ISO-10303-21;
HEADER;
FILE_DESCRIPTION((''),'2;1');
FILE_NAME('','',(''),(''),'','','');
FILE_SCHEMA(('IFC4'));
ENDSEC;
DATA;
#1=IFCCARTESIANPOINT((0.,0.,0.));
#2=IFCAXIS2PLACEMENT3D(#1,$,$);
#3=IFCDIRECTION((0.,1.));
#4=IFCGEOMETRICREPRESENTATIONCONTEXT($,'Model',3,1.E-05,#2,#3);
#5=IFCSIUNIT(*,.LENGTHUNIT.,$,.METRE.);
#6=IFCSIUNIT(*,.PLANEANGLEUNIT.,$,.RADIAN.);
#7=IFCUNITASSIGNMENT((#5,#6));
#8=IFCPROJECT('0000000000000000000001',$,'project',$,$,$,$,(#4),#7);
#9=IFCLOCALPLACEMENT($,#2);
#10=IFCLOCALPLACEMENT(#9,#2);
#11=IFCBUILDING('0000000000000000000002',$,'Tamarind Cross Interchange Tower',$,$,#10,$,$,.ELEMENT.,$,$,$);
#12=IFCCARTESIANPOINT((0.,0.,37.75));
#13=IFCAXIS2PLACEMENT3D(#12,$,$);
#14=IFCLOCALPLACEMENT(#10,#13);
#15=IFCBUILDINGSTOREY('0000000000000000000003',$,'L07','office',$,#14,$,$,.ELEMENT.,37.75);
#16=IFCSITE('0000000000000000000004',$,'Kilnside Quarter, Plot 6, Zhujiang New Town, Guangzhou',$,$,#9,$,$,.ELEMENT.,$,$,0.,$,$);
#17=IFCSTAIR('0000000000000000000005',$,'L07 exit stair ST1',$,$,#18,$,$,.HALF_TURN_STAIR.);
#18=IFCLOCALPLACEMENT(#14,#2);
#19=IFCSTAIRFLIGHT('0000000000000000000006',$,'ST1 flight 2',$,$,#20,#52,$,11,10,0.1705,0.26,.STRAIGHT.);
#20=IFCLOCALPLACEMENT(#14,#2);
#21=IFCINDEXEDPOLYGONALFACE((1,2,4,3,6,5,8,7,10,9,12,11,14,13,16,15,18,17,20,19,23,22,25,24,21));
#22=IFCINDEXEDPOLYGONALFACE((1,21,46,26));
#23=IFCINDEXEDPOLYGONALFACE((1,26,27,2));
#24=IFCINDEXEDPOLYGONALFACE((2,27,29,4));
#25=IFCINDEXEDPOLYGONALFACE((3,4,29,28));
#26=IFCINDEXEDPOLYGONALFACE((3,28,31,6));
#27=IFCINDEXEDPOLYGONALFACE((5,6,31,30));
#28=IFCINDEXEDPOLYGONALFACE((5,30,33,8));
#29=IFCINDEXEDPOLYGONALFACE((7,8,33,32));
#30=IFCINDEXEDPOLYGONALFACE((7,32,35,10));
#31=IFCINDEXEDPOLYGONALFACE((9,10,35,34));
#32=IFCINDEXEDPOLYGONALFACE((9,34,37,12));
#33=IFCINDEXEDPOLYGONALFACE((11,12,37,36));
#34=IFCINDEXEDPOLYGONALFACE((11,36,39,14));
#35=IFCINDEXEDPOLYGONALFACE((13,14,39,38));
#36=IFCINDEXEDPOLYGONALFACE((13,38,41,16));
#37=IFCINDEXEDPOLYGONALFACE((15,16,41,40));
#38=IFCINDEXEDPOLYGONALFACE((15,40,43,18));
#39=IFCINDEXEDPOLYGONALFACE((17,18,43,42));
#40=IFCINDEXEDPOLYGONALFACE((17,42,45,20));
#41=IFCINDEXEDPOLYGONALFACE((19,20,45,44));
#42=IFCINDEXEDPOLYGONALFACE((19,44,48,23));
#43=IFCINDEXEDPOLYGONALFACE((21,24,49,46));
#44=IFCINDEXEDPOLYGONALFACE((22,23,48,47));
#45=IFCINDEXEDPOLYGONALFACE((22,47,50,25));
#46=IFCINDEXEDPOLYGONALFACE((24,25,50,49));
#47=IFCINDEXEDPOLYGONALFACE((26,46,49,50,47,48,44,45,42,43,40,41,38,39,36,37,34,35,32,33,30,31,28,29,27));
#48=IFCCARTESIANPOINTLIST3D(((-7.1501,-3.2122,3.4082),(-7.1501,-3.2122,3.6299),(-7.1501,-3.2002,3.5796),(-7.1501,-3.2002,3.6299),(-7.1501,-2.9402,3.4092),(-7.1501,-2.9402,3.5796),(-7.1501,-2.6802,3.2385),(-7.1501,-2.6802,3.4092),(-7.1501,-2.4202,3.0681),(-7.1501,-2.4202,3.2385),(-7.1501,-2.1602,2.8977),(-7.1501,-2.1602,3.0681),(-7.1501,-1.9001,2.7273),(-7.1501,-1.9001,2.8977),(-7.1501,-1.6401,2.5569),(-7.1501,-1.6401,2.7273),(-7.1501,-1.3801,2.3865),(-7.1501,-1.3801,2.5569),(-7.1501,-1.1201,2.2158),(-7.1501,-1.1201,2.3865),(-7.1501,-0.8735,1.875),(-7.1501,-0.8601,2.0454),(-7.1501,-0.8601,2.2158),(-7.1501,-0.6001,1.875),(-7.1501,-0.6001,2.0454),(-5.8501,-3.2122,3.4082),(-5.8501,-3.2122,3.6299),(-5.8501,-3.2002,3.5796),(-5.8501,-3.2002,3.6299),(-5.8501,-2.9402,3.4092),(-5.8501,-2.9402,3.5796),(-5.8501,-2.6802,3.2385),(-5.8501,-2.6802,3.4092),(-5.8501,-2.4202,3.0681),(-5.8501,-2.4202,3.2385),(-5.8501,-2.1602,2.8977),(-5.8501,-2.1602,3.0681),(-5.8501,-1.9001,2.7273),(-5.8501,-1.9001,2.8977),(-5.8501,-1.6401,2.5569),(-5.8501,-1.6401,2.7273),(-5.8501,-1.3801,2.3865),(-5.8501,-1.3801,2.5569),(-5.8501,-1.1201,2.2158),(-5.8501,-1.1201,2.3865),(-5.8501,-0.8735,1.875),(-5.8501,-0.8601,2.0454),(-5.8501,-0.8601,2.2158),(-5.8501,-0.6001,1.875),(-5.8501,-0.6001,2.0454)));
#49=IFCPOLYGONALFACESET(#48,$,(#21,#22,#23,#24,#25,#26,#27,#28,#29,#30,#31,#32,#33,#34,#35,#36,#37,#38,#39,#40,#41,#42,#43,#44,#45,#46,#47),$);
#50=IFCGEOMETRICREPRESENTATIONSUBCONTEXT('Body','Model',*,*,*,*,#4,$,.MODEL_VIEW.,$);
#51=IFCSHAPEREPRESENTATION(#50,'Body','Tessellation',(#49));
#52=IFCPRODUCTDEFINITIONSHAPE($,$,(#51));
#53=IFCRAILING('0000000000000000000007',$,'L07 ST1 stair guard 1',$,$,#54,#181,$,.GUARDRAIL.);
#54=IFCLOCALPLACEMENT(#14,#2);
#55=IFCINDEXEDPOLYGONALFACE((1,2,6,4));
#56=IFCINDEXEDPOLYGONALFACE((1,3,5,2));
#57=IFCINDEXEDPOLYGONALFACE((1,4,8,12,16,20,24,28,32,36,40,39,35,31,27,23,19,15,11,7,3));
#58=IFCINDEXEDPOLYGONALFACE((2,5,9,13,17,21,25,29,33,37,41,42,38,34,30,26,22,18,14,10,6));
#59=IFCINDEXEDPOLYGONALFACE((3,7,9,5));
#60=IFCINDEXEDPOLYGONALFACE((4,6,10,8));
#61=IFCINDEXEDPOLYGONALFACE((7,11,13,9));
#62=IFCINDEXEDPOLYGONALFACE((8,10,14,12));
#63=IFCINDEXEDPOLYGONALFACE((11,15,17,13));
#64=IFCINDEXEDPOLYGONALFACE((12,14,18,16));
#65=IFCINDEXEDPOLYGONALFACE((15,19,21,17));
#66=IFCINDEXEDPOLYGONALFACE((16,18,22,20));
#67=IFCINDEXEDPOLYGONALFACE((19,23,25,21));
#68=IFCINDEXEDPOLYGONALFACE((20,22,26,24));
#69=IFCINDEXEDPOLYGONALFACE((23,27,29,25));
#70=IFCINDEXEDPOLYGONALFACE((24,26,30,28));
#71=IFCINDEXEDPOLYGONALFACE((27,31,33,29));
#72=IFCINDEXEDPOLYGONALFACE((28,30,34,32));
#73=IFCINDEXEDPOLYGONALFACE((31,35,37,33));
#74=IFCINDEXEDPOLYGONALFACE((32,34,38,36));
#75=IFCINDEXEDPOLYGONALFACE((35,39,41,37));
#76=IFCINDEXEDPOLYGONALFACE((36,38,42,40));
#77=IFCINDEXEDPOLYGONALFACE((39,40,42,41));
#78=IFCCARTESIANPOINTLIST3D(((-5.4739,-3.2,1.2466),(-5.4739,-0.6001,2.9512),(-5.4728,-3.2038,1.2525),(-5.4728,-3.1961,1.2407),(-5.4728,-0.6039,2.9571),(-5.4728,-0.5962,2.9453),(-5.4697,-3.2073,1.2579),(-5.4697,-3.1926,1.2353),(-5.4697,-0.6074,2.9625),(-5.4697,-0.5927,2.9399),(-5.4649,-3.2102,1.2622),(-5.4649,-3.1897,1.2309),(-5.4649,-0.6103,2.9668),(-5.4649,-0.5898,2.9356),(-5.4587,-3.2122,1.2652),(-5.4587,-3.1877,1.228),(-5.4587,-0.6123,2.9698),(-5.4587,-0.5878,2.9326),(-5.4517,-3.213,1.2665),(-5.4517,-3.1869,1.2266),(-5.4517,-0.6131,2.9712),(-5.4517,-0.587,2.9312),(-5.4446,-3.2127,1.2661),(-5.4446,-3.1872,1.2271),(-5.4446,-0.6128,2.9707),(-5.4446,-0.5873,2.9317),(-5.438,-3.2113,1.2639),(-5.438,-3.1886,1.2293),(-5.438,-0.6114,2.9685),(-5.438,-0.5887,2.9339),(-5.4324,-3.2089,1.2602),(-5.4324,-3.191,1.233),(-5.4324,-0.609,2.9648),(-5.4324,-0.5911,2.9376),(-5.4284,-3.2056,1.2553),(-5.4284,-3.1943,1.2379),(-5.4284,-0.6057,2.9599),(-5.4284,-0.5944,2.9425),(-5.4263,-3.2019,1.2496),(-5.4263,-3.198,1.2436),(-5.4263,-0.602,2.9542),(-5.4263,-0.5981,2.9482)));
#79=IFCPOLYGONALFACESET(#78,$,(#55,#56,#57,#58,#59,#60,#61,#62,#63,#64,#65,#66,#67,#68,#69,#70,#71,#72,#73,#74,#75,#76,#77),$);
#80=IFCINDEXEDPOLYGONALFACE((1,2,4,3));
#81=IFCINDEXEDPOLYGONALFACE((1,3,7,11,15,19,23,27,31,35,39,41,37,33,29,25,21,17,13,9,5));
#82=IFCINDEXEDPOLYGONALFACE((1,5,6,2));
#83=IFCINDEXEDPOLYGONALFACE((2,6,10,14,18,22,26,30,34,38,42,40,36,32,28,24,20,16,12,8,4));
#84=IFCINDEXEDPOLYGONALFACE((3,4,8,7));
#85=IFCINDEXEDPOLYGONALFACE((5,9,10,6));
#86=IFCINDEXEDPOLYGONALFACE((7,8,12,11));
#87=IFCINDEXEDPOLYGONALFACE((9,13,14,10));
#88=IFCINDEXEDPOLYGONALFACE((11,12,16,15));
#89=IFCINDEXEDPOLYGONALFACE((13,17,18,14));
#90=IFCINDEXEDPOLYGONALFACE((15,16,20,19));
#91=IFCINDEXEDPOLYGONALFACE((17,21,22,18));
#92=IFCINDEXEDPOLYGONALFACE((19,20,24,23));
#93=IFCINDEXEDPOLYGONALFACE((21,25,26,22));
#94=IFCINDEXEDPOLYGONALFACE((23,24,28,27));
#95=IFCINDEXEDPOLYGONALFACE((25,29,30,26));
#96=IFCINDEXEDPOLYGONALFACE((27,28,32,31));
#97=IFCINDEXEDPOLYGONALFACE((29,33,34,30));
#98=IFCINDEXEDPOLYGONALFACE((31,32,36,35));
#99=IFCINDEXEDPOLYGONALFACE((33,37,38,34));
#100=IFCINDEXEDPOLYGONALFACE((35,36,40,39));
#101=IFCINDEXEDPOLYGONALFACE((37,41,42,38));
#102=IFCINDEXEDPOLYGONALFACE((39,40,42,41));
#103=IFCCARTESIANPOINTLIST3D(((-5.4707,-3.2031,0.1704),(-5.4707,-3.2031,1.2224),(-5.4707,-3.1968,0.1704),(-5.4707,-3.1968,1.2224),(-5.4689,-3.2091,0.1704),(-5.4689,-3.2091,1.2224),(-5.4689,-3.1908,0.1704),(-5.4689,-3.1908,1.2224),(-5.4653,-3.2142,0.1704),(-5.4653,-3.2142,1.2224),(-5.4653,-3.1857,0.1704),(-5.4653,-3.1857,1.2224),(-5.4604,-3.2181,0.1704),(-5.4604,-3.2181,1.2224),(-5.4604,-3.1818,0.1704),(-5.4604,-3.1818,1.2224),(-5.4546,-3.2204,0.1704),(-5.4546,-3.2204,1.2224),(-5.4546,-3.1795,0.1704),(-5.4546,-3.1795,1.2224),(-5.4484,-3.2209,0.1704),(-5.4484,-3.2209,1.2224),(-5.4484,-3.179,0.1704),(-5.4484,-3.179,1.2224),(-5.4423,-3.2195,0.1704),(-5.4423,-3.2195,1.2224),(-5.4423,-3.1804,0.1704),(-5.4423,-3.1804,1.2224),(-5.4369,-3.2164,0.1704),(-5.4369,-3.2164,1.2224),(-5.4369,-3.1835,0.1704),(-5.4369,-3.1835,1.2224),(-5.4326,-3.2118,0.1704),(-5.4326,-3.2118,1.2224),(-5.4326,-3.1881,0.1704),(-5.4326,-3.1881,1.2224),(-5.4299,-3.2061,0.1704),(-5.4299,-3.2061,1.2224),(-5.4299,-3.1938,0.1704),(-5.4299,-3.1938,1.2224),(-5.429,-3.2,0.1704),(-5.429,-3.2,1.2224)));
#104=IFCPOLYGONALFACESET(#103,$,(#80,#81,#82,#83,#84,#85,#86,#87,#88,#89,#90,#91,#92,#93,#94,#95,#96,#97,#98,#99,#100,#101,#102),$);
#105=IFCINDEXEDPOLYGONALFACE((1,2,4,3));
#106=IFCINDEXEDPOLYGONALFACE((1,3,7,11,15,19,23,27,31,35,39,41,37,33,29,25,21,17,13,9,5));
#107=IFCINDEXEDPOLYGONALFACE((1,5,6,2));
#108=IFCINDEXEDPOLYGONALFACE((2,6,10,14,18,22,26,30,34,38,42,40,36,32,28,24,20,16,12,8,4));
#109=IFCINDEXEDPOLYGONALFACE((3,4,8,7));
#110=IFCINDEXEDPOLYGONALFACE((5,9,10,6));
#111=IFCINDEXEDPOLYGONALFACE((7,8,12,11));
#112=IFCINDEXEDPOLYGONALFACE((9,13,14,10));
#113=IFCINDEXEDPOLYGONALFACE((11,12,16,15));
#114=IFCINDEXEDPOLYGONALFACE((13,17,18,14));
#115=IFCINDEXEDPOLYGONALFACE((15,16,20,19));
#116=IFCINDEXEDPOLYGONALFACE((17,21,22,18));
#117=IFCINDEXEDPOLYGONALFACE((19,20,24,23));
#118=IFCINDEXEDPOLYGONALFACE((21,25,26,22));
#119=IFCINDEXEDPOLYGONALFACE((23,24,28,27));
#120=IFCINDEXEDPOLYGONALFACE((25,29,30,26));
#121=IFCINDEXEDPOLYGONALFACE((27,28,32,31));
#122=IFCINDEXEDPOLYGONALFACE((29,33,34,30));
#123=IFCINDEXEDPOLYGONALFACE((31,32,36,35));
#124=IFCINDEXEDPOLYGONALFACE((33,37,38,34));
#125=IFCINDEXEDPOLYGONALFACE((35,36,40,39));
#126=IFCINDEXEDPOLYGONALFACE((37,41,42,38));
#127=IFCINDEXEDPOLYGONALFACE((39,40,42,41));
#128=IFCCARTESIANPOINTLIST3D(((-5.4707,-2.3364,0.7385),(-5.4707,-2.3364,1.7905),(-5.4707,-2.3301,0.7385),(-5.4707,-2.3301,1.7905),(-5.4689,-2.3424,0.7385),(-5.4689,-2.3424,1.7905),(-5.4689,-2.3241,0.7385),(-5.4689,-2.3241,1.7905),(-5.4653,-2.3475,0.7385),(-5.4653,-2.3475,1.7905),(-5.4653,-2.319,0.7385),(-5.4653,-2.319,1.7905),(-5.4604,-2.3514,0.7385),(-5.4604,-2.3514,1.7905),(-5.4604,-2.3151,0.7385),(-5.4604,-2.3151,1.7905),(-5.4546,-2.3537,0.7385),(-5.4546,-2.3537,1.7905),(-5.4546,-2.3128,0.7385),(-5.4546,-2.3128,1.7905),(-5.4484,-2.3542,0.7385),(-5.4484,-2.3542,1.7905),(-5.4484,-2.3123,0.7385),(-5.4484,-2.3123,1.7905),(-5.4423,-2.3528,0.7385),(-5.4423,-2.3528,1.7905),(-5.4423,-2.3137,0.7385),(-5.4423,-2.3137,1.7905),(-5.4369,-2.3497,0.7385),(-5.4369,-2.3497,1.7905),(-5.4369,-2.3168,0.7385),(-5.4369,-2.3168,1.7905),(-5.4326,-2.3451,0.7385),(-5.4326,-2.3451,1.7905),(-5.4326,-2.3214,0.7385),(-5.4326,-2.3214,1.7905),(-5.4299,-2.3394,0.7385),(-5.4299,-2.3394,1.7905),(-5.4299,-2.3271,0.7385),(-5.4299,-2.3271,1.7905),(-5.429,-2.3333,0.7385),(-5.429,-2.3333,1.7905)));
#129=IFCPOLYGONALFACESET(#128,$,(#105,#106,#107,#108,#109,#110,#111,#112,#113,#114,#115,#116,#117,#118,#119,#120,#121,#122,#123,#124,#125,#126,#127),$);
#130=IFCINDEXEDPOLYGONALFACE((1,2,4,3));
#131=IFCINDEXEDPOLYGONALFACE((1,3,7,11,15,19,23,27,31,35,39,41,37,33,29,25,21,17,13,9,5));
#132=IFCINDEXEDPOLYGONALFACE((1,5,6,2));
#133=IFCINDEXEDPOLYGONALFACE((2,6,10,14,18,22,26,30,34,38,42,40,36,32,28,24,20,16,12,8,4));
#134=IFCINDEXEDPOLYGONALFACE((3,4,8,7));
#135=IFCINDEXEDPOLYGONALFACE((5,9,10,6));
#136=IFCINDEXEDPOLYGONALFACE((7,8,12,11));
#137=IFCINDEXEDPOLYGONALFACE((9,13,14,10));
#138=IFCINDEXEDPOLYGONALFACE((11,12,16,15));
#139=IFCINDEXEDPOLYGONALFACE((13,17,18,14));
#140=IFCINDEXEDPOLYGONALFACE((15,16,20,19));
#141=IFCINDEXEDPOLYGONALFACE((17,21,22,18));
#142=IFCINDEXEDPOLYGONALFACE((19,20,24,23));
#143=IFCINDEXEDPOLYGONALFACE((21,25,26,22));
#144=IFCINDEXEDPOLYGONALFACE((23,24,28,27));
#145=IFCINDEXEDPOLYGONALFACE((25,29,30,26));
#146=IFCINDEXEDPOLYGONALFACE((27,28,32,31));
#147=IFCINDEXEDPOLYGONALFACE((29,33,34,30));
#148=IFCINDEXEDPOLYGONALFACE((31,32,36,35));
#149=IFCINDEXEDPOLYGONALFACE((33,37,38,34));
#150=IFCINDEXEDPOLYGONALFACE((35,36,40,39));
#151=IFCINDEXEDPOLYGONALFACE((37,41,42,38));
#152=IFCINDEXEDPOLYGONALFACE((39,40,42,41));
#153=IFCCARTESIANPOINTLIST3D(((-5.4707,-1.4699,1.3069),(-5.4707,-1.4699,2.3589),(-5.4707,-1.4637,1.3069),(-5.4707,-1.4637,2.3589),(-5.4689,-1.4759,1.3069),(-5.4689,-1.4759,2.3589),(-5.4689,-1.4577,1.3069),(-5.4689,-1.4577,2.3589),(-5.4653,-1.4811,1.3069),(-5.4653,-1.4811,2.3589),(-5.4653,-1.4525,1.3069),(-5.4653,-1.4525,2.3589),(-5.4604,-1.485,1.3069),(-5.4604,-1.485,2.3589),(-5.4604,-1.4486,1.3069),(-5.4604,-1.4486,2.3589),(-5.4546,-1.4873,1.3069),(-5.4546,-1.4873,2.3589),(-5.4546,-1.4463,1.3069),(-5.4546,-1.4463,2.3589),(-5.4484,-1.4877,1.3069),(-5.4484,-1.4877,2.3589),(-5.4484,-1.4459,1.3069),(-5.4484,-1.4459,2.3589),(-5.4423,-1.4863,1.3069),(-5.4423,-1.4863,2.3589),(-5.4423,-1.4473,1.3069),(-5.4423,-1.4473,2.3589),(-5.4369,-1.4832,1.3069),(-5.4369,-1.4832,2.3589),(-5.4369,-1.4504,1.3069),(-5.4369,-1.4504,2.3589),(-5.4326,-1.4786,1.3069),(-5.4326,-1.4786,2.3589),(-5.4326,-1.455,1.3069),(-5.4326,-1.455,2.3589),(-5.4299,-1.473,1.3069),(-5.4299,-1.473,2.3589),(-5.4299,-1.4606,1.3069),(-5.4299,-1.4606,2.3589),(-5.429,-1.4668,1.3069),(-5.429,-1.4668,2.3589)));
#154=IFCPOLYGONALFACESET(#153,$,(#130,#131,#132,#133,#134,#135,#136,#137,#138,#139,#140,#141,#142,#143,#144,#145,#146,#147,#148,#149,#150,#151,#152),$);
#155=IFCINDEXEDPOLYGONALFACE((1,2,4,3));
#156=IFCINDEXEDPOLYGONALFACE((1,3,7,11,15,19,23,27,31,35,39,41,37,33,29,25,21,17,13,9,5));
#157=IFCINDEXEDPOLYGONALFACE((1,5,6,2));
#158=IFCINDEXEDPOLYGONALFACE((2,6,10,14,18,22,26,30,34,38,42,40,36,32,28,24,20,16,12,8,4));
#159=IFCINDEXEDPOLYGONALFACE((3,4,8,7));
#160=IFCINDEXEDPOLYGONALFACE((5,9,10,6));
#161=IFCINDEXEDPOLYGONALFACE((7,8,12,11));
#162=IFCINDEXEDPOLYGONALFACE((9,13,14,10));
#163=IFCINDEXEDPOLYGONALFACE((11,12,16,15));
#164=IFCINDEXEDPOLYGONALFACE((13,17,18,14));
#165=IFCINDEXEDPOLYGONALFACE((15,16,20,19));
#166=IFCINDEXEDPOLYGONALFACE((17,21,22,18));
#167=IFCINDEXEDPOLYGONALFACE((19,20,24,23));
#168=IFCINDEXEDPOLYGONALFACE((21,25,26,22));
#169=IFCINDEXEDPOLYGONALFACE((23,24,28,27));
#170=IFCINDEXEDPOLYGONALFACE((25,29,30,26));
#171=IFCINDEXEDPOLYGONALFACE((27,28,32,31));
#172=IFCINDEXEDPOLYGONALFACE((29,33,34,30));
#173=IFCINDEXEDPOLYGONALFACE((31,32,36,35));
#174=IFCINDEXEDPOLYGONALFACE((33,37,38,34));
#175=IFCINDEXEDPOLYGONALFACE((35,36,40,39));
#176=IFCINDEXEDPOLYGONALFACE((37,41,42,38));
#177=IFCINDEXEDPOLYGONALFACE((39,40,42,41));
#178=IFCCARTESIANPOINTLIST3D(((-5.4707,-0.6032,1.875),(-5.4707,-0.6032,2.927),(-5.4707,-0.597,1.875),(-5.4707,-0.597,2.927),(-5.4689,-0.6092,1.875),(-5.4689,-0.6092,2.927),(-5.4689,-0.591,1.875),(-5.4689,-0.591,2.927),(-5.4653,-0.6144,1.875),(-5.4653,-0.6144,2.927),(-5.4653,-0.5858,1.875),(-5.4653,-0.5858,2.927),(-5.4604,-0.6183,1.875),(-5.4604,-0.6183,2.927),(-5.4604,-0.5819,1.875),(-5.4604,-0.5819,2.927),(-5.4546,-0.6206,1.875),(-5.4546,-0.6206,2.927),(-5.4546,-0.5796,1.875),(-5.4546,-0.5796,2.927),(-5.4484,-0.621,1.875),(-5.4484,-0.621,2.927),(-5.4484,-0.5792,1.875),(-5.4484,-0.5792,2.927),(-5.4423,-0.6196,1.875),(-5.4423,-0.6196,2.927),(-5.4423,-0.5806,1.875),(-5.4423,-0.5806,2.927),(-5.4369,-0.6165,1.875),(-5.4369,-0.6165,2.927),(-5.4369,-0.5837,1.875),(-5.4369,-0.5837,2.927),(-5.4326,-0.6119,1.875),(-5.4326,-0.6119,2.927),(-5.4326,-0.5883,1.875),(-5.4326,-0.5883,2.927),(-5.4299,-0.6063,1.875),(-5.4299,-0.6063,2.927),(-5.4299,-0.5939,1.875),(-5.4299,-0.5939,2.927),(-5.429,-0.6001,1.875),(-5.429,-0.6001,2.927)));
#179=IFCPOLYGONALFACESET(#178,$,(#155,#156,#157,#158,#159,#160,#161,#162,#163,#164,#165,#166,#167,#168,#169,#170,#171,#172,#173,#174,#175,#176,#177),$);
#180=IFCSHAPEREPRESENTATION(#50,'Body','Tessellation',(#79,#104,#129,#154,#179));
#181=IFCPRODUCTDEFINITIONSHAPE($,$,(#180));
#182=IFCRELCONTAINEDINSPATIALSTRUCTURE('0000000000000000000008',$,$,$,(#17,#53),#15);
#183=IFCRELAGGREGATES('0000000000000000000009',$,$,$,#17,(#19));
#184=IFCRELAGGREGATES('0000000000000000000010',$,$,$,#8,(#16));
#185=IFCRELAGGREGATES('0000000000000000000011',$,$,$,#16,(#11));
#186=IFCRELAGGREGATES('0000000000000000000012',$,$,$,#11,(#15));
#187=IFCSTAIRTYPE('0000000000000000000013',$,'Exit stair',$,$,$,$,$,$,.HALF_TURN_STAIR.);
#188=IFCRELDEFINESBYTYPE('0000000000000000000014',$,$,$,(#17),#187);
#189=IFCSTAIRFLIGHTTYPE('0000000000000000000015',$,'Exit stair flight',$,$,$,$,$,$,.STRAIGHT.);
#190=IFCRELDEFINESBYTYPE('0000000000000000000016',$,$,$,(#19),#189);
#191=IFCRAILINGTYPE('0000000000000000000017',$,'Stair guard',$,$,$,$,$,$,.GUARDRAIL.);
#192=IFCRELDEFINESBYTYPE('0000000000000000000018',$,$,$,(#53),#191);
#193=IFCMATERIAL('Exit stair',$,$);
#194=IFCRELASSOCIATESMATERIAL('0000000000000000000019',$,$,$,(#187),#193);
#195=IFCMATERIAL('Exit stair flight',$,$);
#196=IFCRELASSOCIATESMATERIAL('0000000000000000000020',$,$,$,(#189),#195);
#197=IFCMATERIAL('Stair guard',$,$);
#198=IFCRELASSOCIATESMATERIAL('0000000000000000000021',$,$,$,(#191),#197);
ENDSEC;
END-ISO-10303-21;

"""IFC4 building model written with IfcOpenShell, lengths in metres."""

from ifc_helpers import new_model, si_unit, direction, frame, origin, origin_2d, place, context, subcontext, project, spatial, polyline, circle, outline, extrude, material, type_object, element, aggregate, save


model = new_model("IFC4")

# Units and contexts
model_context = context("Model", 3, precision=1e-05, world=origin(), true_north=direction((0.0, 1.0)))
body_context = subcontext(model_context, "Body", "Model", "MODEL_VIEW")
ifc_project = project(units=[si_unit("LENGTHUNIT", "METRE"), si_unit("PLANEANGLEUNIT", "RADIAN")], contexts=[model_context])

# Site, building, storey
site_placement = place(None, origin())
site = spatial("IfcSite", under=ifc_project, at=site_placement, Name="Kilnside Quarter, Plot 6, Zhujiang New Town, Guangzhou", CompositionType="ELEMENT", RefElevation=0.0)
building_placement = place(site_placement, origin())
building = spatial("IfcBuilding", under=site, at=building_placement, Name="Tamarind Cross Interchange Tower", CompositionType="ELEMENT")
storey_placement = place(building_placement, frame((0.0, 0.0, 37.75)))
storey = spatial("IfcBuildingStorey", under=building, at=storey_placement, Name="L07", Description="office", CompositionType="ELEMENT", Elevation=37.75)

# Stair, stair flight
ifc_material_1 = material(Name="Exit stair")
stair_type = type_object("IfcStairType", Name="Exit stair", PredefinedType="HALF_TURN_STAIR", material=ifc_material_1)
stair_placement = place(storey_placement, origin())
stair = element("IfcStair", 1, at=stair_placement, inside=storey, type_object=stair_type, Name="L07 exit stair ST1", PredefinedType="HALF_TURN_STAIR")
ifc_material_2 = material(Name="Exit stair flight")
stair_flight_type = type_object("IfcStairFlightType", Name="Exit stair flight", PredefinedType="STRAIGHT", material=ifc_material_2)
stair_flight_1_placement = place(storey_placement, frame((-6.5, -0.6001, 1.875), z_axis=(0.0, 0.0, 1.0), x_axis=(0.0, -1.0, 0.0)))
stair_flight_1 = element("IfcStairFlight", 2, at=stair_flight_1_placement, type_object=stair_flight_type, Name="ST1 flight 2", NumberOfRisers=11, NumberOfTreads=10, PredefinedType="STRAIGHT", RiserHeight=0.1705, TreadLength=0.26, context=body_context, shape_type="SweptSolid", body=[
    extrude(outline(polyline([(0.0, 0.0), (0.0, 0.1704), (0.26, 0.1704), (0.26, 0.3408), (0.52, 0.3408), (0.52, 0.5115), (0.78, 0.5115), (0.78, 0.6819), (1.04, 0.6819), (1.04, 0.8523), (1.3, 0.8523), (1.3, 1.0227), (1.5601, 1.0227), (1.5601, 1.1931), (1.8201, 1.1931), (1.8201, 1.3635), (2.0801, 1.3635), (2.0801, 1.5342), (2.3401, 1.5342), (2.3401, 1.7046), (2.6001, 1.7046), (2.6001, 1.7549), (2.6121, 1.7549), (2.6121, 1.5332), (0.2734, 0.0), (0.0, 0.0)])), frame((0.0, 0.6499, 0.0), z_axis=(0.0, -1.0, 0.0), x_axis=(1.0, 0.0, 0.0)), (0.0, 0.0, 1.0), 1.3),
])
aggregate(stair, [stair_flight_1])

# Railing
ifc_material_3 = material(Name="Stair guard")
railing_type_1 = type_object("IfcRailingType", Name="Stair guard", PredefinedType="GUARDRAIL", material=ifc_material_3)
railing_1_placement = place(storey_placement, frame((-5.45, -3.2, 0.1704)))
element("IfcRailing", 3, at=railing_1_placement, inside=storey, type_object=railing_type_1, Name="L07 ST1 stair guard 1", PredefinedType="GUARDRAIL", context=body_context, shape_type="SweptSolid", body=[
    extrude(circle(Radius=0.0239, at=origin_2d()), frame((0.0, 0.0, 1.0762), z_axis=(0.0, 0.836279, 0.548305), x_axis=(-1.0, 0.0, 0.0)), (0.0, 0.0, 1.0), 3.1089),
    extrude(circle(Radius=0.021, at=origin_2d()), origin(), (0.0, 0.0, 1.0), 1.052),
    extrude(circle(Radius=0.021, at=origin_2d()), frame((0.0, 0.8667, 0.5681)), (0.0, 0.0, 1.0), 1.052),
    extrude(circle(Radius=0.021, at=origin_2d()), frame((0.0, 1.7332, 1.1365)), (0.0, 0.0, 1.0), 1.052),
    extrude(circle(Radius=0.021, at=origin_2d()), frame((0.0, 2.5999, 1.7046)), (0.0, 0.0, 1.0), 1.052),
])

save(model, "model.ifc")
